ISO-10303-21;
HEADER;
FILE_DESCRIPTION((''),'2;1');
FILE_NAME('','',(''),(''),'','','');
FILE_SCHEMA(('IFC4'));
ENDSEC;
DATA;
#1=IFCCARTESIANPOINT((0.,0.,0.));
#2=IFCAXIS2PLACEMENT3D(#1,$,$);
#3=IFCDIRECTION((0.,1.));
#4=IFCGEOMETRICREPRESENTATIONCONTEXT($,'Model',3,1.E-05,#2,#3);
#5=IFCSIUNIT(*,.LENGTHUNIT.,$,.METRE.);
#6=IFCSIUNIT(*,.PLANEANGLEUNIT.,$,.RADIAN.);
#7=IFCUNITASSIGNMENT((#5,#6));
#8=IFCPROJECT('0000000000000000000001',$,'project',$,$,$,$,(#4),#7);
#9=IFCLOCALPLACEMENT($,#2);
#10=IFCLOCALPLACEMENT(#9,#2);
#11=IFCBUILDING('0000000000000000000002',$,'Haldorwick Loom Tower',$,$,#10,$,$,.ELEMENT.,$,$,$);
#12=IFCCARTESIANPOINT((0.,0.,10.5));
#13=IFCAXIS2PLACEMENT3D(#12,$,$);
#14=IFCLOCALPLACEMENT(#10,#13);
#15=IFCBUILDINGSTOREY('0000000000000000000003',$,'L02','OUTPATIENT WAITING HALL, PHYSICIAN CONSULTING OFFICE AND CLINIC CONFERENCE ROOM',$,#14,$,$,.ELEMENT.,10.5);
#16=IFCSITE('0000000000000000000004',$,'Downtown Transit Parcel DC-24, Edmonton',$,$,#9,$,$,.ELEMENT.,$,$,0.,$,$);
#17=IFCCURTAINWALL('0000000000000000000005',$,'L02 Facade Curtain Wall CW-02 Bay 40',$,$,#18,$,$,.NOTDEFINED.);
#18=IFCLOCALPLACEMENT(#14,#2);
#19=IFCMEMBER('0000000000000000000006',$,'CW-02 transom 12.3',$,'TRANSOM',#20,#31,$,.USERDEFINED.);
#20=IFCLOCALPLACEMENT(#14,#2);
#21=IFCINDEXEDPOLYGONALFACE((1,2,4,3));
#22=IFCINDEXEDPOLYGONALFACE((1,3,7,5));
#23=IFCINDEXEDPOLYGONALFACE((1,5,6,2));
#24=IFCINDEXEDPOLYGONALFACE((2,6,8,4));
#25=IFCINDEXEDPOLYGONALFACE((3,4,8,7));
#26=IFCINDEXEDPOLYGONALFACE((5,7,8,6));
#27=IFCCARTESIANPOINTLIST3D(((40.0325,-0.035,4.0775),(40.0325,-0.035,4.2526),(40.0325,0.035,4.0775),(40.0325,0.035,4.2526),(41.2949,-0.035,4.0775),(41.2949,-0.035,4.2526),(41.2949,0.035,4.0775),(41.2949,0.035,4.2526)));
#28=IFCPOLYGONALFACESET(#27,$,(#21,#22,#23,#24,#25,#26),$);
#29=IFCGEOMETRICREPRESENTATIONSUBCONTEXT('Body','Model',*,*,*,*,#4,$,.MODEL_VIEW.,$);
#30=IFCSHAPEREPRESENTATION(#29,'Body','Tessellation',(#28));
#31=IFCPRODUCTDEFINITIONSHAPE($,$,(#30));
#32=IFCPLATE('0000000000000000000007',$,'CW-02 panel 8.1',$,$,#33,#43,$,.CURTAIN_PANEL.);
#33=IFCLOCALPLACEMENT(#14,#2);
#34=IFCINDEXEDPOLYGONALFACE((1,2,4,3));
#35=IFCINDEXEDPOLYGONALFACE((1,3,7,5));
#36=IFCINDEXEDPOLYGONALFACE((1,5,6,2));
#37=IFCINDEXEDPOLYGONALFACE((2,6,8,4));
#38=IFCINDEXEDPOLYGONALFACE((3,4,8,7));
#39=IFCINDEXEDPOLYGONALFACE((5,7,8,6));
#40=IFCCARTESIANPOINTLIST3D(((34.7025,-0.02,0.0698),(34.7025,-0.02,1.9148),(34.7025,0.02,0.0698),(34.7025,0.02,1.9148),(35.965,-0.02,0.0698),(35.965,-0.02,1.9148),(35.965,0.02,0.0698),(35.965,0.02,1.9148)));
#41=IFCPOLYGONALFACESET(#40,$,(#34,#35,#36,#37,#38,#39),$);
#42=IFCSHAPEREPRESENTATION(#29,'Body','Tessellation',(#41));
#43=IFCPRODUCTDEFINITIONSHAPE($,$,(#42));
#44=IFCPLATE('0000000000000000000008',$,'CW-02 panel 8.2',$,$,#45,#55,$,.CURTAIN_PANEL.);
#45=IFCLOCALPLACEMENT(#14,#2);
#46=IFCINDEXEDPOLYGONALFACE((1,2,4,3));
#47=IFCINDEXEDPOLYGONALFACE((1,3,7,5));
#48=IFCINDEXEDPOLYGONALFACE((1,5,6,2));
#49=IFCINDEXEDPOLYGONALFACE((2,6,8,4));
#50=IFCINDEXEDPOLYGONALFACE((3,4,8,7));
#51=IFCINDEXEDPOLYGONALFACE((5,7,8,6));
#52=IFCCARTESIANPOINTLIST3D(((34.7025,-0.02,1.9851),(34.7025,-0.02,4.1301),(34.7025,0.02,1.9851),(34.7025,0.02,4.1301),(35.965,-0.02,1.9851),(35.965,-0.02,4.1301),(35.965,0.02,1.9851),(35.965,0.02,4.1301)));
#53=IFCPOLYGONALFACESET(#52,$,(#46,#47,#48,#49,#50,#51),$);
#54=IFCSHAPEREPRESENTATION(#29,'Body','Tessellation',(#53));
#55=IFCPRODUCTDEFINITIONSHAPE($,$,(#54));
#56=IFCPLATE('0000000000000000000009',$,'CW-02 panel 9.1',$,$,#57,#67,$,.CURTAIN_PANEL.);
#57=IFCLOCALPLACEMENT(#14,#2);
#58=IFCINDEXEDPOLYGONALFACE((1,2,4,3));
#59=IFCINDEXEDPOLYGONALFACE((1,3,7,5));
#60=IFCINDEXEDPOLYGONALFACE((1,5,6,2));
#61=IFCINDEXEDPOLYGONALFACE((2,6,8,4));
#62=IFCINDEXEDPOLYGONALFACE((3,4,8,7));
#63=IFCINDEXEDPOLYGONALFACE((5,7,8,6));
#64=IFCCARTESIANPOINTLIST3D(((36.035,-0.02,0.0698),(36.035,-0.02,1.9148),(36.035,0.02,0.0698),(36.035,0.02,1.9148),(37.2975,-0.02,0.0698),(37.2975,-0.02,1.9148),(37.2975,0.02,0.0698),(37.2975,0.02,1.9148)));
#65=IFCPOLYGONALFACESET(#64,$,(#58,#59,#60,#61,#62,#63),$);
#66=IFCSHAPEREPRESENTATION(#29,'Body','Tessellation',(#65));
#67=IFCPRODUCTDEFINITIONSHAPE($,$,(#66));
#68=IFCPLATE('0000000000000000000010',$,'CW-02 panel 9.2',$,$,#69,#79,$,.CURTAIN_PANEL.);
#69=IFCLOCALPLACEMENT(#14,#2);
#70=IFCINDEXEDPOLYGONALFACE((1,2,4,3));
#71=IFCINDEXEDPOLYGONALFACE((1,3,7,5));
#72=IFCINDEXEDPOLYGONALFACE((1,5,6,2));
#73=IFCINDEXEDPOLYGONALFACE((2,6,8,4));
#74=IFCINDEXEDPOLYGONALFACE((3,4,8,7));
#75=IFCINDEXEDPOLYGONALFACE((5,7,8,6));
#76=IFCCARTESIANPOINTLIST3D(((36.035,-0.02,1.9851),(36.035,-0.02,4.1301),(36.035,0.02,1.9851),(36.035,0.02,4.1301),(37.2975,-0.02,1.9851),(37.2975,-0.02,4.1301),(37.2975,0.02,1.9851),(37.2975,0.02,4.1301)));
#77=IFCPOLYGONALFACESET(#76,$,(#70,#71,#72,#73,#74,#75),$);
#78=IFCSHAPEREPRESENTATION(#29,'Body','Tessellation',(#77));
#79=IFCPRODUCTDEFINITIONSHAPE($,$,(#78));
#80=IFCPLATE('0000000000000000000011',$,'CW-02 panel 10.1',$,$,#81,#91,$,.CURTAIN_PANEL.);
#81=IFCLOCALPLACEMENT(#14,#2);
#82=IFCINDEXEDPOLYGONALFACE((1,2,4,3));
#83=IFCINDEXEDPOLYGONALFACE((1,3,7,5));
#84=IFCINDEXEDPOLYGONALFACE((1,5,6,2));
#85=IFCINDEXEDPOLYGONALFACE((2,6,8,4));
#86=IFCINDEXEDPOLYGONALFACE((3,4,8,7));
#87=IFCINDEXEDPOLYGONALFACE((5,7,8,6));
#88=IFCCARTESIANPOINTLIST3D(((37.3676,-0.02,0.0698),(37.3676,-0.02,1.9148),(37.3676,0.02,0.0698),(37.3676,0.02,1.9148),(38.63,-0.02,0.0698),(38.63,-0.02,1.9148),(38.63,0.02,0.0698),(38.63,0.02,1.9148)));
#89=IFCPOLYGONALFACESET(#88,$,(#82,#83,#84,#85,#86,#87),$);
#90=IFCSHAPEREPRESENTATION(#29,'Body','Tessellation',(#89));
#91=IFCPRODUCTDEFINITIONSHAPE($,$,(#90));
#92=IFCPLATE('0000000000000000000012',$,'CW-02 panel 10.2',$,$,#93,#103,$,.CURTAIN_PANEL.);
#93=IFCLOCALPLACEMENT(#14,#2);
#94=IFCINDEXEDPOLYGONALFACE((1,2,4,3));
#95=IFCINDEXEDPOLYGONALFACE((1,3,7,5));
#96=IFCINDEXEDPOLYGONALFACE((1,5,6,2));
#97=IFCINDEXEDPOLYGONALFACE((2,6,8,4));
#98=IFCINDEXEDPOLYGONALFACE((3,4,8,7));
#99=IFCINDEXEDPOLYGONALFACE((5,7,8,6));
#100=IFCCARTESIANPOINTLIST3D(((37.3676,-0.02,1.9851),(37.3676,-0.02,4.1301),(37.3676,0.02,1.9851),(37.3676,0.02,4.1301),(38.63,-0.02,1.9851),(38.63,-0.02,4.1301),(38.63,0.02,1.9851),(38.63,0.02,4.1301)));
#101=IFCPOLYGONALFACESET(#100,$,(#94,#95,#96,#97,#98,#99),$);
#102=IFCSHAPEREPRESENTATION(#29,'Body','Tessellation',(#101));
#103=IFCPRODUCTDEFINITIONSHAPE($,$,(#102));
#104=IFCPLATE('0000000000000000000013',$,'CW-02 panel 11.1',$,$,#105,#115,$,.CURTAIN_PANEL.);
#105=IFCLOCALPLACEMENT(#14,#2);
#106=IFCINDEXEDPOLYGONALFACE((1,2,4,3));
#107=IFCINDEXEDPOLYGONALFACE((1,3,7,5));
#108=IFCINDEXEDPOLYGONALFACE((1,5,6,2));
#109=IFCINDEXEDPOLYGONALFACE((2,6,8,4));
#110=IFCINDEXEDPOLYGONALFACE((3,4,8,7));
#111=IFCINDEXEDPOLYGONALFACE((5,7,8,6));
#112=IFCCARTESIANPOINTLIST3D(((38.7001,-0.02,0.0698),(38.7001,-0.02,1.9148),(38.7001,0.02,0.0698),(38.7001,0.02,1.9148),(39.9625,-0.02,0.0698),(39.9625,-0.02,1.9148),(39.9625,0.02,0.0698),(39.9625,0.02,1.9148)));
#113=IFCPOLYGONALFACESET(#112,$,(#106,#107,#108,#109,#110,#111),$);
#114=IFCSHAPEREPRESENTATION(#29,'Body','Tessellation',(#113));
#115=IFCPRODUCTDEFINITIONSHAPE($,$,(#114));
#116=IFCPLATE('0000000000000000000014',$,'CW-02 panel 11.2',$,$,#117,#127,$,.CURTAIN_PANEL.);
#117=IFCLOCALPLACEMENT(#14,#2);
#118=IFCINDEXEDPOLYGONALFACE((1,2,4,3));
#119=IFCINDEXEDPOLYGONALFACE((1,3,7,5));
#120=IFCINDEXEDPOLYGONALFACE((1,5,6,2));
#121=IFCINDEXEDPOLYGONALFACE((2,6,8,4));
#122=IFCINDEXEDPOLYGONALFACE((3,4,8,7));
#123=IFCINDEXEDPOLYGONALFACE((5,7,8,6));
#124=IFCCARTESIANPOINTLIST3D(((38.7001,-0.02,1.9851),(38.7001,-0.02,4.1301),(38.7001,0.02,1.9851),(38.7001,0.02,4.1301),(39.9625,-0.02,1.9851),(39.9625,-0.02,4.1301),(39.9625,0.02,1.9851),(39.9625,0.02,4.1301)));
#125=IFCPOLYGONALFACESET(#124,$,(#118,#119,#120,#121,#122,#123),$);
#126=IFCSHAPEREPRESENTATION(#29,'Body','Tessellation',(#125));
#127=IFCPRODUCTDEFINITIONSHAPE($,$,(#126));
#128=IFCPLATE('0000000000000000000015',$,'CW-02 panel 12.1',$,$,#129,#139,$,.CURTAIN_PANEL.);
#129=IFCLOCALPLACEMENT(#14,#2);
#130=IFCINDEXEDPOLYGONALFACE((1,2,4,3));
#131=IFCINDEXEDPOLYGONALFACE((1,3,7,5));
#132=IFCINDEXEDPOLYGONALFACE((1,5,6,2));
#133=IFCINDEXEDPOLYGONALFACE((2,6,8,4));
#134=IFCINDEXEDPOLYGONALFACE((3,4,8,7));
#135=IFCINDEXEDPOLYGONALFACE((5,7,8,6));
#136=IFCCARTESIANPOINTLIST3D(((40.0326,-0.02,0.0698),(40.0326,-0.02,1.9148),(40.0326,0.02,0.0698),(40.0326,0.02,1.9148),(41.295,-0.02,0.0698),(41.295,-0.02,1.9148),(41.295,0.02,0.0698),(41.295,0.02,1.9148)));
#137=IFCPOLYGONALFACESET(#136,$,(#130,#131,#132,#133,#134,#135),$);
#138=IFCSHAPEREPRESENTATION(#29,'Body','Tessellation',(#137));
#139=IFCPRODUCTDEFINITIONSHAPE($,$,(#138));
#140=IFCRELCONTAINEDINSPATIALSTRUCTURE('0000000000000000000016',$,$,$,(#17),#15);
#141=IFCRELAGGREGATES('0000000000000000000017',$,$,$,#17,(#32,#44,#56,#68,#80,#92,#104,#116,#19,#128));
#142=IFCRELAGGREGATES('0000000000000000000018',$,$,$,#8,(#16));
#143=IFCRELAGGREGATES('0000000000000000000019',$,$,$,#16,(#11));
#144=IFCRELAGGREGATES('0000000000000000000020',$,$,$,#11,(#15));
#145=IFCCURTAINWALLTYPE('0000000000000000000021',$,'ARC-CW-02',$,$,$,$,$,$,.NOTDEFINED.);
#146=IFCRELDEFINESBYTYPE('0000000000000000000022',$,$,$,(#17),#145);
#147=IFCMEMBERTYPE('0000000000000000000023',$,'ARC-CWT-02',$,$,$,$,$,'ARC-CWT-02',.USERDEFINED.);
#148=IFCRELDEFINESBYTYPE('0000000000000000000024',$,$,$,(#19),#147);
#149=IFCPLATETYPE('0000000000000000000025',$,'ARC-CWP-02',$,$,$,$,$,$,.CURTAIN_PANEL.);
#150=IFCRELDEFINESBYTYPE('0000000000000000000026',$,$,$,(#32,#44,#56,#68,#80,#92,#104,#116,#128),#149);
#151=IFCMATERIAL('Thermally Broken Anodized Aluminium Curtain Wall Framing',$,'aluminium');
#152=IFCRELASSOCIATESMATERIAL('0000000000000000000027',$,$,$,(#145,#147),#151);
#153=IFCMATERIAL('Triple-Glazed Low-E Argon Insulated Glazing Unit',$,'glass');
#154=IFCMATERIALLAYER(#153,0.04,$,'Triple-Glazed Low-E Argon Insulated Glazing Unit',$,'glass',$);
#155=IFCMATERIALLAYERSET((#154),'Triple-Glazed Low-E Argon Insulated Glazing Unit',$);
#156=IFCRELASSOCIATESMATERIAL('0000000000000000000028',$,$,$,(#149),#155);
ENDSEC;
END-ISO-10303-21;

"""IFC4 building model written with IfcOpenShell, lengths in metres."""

from ifc_helpers import new_model, si_unit, direction, frame, origin, origin_2d, place, context, subcontext, project, spatial, rectangle, extrude, material, layer, layer_set, material_profile, profile_set, type_object, element, aggregate, save


model = new_model("IFC4")

# Units and contexts
model_context = context("Model", 3, precision=1e-05, world=origin(), true_north=direction((0.0, 1.0)))
body_context = subcontext(model_context, "Body", "Model", "MODEL_VIEW")
ifc_project = project(units=[si_unit("LENGTHUNIT", "METRE"), si_unit("PLANEANGLEUNIT", "RADIAN")], contexts=[model_context])

# Site, building, storey
site_placement = place(None, origin())
site = spatial("IfcSite", under=ifc_project, at=site_placement, Name="Downtown Transit Parcel DC-24, Edmonton", CompositionType="ELEMENT", RefElevation=0.0)
building_placement = place(site_placement, origin())
building = spatial("IfcBuilding", under=site, at=building_placement, Name="Haldorwick Loom Tower", CompositionType="ELEMENT")
storey_placement = place(building_placement, frame((0.0, 0.0, 10.5)))
storey = spatial("IfcBuildingStorey", under=building, at=storey_placement, Name="L02", Description="OUTPATIENT WAITING HALL, PHYSICIAN CONSULTING OFFICE AND CLINIC CONFERENCE ROOM", CompositionType="ELEMENT", Elevation=10.5)

# Curtain wall, member, plates
ifc_material_1 = material(Name="Thermally Broken Anodized Aluminium Curtain Wall Framing", Category="aluminium")
curtain_wall_type = type_object("IfcCurtainWallType", Name="ARC-CW-02", PredefinedType="NOTDEFINED", material=ifc_material_1)
curtain_wall_placement = place(storey_placement, origin())
curtain_wall = element("IfcCurtainWall", 1, at=curtain_wall_placement, inside=storey, type_object=curtain_wall_type, Name="L02 Facade Curtain Wall CW-02 Bay 40", PredefinedType="NOTDEFINED")
ifc_material_profile_1 = material_profile(ifc_material_1, rectangle(XDim=0.0701, YDim=0.175, at=origin_2d()), Name="ALU_TRN_70X175", Category="aluminium")
ifc_profile_set_1 = profile_set([ifc_material_profile_1], Name="Thermally Broken Anodized Aluminium Curtain Wall Framing")
member_type_1 = type_object("IfcMemberType", Name="ARC-CWT-02", ElementType="ARC-CWT-02", PredefinedType="USERDEFINED", material=ifc_profile_set_1)
member_1_placement = place(storey_placement, frame((40.0325, 0.0, 4.165), z_axis=(1.0, 0.0, 0.0), x_axis=(0.0, 1.0, 0.0)))
member_1 = element("IfcMember", 2, at=member_1_placement, type_object=member_type_1, Name="CW-02 transom 12.3", ObjectType="TRANSOM", PredefinedType="USERDEFINED", context=body_context, shape_type="SweptSolid", body=[
    extrude(rectangle(XDim=0.0701, YDim=0.175, at=origin_2d()), origin(), (0.0, 0.0, 1.0), 1.2625),
])
ifc_material_2 = material(Name="Triple-Glazed Low-E Argon Insulated Glazing Unit", Category="glass")
ifc_layer = layer(ifc_material_2, 0.04, Name="Triple-Glazed Low-E Argon Insulated Glazing Unit", Category="glass")
ifc_layer_set = layer_set([ifc_layer], Name="Triple-Glazed Low-E Argon Insulated Glazing Unit")
plate_type = type_object("IfcPlateType", Name="ARC-CWP-02", PredefinedType="CURTAIN_PANEL", material=ifc_layer_set)
plate_1_placement = place(storey_placement, frame((35.3337, 0.0, 0.0698), z_axis=(0.0, 0.0, 1.0), x_axis=(1.0, 0.0, 0.0)))
plate_1 = element("IfcPlate", 3, at=plate_1_placement, type_object=plate_type, Name="CW-02 panel 8.1", PredefinedType="CURTAIN_PANEL", context=body_context, shape_type="SweptSolid", body=[
    extrude(rectangle(XDim=1.2625, YDim=0.04, at=origin_2d()), origin(), (0.0, 0.0, 1.0), 1.845),
])
plate_2_placement = place(storey_placement, frame((35.3337, 0.0, 1.9851), z_axis=(0.0, 0.0, 1.0), x_axis=(1.0, 0.0, 0.0)))
plate_2 = element("IfcPlate", 4, at=plate_2_placement, type_object=plate_type, Name="CW-02 panel 8.2", PredefinedType="CURTAIN_PANEL", context=body_context, shape_type="SweptSolid", body=[
    extrude(rectangle(XDim=1.2625, YDim=0.04, at=origin_2d()), origin(), (0.0, 0.0, 1.0), 2.145),
])
plate_3_placement = place(storey_placement, frame((36.6663, 0.0, 0.0698), z_axis=(0.0, 0.0, 1.0), x_axis=(1.0, 0.0, 0.0)))
plate_3 = element("IfcPlate", 5, at=plate_3_placement, type_object=plate_type, Name="CW-02 panel 9.1", PredefinedType="CURTAIN_PANEL", context=body_context, shape_type="SweptSolid", body=[
    extrude(rectangle(XDim=1.2625, YDim=0.04, at=origin_2d()), origin(), (0.0, 0.0, 1.0), 1.845),
])
plate_4_placement = place(storey_placement, frame((36.6663, 0.0, 1.9851), z_axis=(0.0, 0.0, 1.0), x_axis=(1.0, 0.0, 0.0)))
plate_4 = element("IfcPlate", 6, at=plate_4_placement, type_object=plate_type, Name="CW-02 panel 9.2", PredefinedType="CURTAIN_PANEL", context=body_context, shape_type="SweptSolid", body=[
    extrude(rectangle(XDim=1.2625, YDim=0.04, at=origin_2d()), origin(), (0.0, 0.0, 1.0), 2.145),
])
plate_5_placement = place(storey_placement, frame((37.9988, 0.0, 0.0698), z_axis=(0.0, 0.0, 1.0), x_axis=(1.0, 0.0, 0.0)))
plate_5 = element("IfcPlate", 7, at=plate_5_placement, type_object=plate_type, Name="CW-02 panel 10.1", PredefinedType="CURTAIN_PANEL", context=body_context, shape_type="SweptSolid", body=[
    extrude(rectangle(XDim=1.2625, YDim=0.04, at=origin_2d()), origin(), (0.0, 0.0, 1.0), 1.845),
])
plate_6_placement = place(storey_placement, frame((37.9988, 0.0, 1.9851), z_axis=(0.0, 0.0, 1.0), x_axis=(1.0, 0.0, 0.0)))
plate_6 = element("IfcPlate", 8, at=plate_6_placement, type_object=plate_type, Name="CW-02 panel 10.2", PredefinedType="CURTAIN_PANEL", context=body_context, shape_type="SweptSolid", body=[
    extrude(rectangle(XDim=1.2625, YDim=0.04, at=origin_2d()), origin(), (0.0, 0.0, 1.0), 2.145),
])
plate_7_placement = place(storey_placement, frame((39.3313, 0.0, 0.0698), z_axis=(0.0, 0.0, 1.0), x_axis=(1.0, 0.0, 0.0)))
plate_7 = element("IfcPlate", 9, at=plate_7_placement, type_object=plate_type, Name="CW-02 panel 11.1", PredefinedType="CURTAIN_PANEL", context=body_context, shape_type="SweptSolid", body=[
    extrude(rectangle(XDim=1.2625, YDim=0.04, at=origin_2d()), origin(), (0.0, 0.0, 1.0), 1.845),
])
plate_8_placement = place(storey_placement, frame((39.3313, 0.0, 1.9851), z_axis=(0.0, 0.0, 1.0), x_axis=(1.0, 0.0, 0.0)))
plate_8 = element("IfcPlate", 10, at=plate_8_placement, type_object=plate_type, Name="CW-02 panel 11.2", PredefinedType="CURTAIN_PANEL", context=body_context, shape_type="SweptSolid", body=[
    extrude(rectangle(XDim=1.2625, YDim=0.04, at=origin_2d()), origin(), (0.0, 0.0, 1.0), 2.145),
])
plate_9_placement = place(storey_placement, frame((40.6638, 0.0, 0.0698), z_axis=(0.0, 0.0, 1.0), x_axis=(1.0, 0.0, 0.0)))
plate_9 = element("IfcPlate", 11, at=plate_9_placement, type_object=plate_type, Name="CW-02 panel 12.1", PredefinedType="CURTAIN_PANEL", context=body_context, shape_type="SweptSolid", body=[
    extrude(rectangle(XDim=1.2625, YDim=0.04, at=origin_2d()), origin(), (0.0, 0.0, 1.0), 1.845),
])
aggregate(curtain_wall, [plate_1, plate_2, plate_3, plate_4, plate_5, plate_6, plate_7, plate_8, member_1, plate_9])

save(model, "model.ifc")
